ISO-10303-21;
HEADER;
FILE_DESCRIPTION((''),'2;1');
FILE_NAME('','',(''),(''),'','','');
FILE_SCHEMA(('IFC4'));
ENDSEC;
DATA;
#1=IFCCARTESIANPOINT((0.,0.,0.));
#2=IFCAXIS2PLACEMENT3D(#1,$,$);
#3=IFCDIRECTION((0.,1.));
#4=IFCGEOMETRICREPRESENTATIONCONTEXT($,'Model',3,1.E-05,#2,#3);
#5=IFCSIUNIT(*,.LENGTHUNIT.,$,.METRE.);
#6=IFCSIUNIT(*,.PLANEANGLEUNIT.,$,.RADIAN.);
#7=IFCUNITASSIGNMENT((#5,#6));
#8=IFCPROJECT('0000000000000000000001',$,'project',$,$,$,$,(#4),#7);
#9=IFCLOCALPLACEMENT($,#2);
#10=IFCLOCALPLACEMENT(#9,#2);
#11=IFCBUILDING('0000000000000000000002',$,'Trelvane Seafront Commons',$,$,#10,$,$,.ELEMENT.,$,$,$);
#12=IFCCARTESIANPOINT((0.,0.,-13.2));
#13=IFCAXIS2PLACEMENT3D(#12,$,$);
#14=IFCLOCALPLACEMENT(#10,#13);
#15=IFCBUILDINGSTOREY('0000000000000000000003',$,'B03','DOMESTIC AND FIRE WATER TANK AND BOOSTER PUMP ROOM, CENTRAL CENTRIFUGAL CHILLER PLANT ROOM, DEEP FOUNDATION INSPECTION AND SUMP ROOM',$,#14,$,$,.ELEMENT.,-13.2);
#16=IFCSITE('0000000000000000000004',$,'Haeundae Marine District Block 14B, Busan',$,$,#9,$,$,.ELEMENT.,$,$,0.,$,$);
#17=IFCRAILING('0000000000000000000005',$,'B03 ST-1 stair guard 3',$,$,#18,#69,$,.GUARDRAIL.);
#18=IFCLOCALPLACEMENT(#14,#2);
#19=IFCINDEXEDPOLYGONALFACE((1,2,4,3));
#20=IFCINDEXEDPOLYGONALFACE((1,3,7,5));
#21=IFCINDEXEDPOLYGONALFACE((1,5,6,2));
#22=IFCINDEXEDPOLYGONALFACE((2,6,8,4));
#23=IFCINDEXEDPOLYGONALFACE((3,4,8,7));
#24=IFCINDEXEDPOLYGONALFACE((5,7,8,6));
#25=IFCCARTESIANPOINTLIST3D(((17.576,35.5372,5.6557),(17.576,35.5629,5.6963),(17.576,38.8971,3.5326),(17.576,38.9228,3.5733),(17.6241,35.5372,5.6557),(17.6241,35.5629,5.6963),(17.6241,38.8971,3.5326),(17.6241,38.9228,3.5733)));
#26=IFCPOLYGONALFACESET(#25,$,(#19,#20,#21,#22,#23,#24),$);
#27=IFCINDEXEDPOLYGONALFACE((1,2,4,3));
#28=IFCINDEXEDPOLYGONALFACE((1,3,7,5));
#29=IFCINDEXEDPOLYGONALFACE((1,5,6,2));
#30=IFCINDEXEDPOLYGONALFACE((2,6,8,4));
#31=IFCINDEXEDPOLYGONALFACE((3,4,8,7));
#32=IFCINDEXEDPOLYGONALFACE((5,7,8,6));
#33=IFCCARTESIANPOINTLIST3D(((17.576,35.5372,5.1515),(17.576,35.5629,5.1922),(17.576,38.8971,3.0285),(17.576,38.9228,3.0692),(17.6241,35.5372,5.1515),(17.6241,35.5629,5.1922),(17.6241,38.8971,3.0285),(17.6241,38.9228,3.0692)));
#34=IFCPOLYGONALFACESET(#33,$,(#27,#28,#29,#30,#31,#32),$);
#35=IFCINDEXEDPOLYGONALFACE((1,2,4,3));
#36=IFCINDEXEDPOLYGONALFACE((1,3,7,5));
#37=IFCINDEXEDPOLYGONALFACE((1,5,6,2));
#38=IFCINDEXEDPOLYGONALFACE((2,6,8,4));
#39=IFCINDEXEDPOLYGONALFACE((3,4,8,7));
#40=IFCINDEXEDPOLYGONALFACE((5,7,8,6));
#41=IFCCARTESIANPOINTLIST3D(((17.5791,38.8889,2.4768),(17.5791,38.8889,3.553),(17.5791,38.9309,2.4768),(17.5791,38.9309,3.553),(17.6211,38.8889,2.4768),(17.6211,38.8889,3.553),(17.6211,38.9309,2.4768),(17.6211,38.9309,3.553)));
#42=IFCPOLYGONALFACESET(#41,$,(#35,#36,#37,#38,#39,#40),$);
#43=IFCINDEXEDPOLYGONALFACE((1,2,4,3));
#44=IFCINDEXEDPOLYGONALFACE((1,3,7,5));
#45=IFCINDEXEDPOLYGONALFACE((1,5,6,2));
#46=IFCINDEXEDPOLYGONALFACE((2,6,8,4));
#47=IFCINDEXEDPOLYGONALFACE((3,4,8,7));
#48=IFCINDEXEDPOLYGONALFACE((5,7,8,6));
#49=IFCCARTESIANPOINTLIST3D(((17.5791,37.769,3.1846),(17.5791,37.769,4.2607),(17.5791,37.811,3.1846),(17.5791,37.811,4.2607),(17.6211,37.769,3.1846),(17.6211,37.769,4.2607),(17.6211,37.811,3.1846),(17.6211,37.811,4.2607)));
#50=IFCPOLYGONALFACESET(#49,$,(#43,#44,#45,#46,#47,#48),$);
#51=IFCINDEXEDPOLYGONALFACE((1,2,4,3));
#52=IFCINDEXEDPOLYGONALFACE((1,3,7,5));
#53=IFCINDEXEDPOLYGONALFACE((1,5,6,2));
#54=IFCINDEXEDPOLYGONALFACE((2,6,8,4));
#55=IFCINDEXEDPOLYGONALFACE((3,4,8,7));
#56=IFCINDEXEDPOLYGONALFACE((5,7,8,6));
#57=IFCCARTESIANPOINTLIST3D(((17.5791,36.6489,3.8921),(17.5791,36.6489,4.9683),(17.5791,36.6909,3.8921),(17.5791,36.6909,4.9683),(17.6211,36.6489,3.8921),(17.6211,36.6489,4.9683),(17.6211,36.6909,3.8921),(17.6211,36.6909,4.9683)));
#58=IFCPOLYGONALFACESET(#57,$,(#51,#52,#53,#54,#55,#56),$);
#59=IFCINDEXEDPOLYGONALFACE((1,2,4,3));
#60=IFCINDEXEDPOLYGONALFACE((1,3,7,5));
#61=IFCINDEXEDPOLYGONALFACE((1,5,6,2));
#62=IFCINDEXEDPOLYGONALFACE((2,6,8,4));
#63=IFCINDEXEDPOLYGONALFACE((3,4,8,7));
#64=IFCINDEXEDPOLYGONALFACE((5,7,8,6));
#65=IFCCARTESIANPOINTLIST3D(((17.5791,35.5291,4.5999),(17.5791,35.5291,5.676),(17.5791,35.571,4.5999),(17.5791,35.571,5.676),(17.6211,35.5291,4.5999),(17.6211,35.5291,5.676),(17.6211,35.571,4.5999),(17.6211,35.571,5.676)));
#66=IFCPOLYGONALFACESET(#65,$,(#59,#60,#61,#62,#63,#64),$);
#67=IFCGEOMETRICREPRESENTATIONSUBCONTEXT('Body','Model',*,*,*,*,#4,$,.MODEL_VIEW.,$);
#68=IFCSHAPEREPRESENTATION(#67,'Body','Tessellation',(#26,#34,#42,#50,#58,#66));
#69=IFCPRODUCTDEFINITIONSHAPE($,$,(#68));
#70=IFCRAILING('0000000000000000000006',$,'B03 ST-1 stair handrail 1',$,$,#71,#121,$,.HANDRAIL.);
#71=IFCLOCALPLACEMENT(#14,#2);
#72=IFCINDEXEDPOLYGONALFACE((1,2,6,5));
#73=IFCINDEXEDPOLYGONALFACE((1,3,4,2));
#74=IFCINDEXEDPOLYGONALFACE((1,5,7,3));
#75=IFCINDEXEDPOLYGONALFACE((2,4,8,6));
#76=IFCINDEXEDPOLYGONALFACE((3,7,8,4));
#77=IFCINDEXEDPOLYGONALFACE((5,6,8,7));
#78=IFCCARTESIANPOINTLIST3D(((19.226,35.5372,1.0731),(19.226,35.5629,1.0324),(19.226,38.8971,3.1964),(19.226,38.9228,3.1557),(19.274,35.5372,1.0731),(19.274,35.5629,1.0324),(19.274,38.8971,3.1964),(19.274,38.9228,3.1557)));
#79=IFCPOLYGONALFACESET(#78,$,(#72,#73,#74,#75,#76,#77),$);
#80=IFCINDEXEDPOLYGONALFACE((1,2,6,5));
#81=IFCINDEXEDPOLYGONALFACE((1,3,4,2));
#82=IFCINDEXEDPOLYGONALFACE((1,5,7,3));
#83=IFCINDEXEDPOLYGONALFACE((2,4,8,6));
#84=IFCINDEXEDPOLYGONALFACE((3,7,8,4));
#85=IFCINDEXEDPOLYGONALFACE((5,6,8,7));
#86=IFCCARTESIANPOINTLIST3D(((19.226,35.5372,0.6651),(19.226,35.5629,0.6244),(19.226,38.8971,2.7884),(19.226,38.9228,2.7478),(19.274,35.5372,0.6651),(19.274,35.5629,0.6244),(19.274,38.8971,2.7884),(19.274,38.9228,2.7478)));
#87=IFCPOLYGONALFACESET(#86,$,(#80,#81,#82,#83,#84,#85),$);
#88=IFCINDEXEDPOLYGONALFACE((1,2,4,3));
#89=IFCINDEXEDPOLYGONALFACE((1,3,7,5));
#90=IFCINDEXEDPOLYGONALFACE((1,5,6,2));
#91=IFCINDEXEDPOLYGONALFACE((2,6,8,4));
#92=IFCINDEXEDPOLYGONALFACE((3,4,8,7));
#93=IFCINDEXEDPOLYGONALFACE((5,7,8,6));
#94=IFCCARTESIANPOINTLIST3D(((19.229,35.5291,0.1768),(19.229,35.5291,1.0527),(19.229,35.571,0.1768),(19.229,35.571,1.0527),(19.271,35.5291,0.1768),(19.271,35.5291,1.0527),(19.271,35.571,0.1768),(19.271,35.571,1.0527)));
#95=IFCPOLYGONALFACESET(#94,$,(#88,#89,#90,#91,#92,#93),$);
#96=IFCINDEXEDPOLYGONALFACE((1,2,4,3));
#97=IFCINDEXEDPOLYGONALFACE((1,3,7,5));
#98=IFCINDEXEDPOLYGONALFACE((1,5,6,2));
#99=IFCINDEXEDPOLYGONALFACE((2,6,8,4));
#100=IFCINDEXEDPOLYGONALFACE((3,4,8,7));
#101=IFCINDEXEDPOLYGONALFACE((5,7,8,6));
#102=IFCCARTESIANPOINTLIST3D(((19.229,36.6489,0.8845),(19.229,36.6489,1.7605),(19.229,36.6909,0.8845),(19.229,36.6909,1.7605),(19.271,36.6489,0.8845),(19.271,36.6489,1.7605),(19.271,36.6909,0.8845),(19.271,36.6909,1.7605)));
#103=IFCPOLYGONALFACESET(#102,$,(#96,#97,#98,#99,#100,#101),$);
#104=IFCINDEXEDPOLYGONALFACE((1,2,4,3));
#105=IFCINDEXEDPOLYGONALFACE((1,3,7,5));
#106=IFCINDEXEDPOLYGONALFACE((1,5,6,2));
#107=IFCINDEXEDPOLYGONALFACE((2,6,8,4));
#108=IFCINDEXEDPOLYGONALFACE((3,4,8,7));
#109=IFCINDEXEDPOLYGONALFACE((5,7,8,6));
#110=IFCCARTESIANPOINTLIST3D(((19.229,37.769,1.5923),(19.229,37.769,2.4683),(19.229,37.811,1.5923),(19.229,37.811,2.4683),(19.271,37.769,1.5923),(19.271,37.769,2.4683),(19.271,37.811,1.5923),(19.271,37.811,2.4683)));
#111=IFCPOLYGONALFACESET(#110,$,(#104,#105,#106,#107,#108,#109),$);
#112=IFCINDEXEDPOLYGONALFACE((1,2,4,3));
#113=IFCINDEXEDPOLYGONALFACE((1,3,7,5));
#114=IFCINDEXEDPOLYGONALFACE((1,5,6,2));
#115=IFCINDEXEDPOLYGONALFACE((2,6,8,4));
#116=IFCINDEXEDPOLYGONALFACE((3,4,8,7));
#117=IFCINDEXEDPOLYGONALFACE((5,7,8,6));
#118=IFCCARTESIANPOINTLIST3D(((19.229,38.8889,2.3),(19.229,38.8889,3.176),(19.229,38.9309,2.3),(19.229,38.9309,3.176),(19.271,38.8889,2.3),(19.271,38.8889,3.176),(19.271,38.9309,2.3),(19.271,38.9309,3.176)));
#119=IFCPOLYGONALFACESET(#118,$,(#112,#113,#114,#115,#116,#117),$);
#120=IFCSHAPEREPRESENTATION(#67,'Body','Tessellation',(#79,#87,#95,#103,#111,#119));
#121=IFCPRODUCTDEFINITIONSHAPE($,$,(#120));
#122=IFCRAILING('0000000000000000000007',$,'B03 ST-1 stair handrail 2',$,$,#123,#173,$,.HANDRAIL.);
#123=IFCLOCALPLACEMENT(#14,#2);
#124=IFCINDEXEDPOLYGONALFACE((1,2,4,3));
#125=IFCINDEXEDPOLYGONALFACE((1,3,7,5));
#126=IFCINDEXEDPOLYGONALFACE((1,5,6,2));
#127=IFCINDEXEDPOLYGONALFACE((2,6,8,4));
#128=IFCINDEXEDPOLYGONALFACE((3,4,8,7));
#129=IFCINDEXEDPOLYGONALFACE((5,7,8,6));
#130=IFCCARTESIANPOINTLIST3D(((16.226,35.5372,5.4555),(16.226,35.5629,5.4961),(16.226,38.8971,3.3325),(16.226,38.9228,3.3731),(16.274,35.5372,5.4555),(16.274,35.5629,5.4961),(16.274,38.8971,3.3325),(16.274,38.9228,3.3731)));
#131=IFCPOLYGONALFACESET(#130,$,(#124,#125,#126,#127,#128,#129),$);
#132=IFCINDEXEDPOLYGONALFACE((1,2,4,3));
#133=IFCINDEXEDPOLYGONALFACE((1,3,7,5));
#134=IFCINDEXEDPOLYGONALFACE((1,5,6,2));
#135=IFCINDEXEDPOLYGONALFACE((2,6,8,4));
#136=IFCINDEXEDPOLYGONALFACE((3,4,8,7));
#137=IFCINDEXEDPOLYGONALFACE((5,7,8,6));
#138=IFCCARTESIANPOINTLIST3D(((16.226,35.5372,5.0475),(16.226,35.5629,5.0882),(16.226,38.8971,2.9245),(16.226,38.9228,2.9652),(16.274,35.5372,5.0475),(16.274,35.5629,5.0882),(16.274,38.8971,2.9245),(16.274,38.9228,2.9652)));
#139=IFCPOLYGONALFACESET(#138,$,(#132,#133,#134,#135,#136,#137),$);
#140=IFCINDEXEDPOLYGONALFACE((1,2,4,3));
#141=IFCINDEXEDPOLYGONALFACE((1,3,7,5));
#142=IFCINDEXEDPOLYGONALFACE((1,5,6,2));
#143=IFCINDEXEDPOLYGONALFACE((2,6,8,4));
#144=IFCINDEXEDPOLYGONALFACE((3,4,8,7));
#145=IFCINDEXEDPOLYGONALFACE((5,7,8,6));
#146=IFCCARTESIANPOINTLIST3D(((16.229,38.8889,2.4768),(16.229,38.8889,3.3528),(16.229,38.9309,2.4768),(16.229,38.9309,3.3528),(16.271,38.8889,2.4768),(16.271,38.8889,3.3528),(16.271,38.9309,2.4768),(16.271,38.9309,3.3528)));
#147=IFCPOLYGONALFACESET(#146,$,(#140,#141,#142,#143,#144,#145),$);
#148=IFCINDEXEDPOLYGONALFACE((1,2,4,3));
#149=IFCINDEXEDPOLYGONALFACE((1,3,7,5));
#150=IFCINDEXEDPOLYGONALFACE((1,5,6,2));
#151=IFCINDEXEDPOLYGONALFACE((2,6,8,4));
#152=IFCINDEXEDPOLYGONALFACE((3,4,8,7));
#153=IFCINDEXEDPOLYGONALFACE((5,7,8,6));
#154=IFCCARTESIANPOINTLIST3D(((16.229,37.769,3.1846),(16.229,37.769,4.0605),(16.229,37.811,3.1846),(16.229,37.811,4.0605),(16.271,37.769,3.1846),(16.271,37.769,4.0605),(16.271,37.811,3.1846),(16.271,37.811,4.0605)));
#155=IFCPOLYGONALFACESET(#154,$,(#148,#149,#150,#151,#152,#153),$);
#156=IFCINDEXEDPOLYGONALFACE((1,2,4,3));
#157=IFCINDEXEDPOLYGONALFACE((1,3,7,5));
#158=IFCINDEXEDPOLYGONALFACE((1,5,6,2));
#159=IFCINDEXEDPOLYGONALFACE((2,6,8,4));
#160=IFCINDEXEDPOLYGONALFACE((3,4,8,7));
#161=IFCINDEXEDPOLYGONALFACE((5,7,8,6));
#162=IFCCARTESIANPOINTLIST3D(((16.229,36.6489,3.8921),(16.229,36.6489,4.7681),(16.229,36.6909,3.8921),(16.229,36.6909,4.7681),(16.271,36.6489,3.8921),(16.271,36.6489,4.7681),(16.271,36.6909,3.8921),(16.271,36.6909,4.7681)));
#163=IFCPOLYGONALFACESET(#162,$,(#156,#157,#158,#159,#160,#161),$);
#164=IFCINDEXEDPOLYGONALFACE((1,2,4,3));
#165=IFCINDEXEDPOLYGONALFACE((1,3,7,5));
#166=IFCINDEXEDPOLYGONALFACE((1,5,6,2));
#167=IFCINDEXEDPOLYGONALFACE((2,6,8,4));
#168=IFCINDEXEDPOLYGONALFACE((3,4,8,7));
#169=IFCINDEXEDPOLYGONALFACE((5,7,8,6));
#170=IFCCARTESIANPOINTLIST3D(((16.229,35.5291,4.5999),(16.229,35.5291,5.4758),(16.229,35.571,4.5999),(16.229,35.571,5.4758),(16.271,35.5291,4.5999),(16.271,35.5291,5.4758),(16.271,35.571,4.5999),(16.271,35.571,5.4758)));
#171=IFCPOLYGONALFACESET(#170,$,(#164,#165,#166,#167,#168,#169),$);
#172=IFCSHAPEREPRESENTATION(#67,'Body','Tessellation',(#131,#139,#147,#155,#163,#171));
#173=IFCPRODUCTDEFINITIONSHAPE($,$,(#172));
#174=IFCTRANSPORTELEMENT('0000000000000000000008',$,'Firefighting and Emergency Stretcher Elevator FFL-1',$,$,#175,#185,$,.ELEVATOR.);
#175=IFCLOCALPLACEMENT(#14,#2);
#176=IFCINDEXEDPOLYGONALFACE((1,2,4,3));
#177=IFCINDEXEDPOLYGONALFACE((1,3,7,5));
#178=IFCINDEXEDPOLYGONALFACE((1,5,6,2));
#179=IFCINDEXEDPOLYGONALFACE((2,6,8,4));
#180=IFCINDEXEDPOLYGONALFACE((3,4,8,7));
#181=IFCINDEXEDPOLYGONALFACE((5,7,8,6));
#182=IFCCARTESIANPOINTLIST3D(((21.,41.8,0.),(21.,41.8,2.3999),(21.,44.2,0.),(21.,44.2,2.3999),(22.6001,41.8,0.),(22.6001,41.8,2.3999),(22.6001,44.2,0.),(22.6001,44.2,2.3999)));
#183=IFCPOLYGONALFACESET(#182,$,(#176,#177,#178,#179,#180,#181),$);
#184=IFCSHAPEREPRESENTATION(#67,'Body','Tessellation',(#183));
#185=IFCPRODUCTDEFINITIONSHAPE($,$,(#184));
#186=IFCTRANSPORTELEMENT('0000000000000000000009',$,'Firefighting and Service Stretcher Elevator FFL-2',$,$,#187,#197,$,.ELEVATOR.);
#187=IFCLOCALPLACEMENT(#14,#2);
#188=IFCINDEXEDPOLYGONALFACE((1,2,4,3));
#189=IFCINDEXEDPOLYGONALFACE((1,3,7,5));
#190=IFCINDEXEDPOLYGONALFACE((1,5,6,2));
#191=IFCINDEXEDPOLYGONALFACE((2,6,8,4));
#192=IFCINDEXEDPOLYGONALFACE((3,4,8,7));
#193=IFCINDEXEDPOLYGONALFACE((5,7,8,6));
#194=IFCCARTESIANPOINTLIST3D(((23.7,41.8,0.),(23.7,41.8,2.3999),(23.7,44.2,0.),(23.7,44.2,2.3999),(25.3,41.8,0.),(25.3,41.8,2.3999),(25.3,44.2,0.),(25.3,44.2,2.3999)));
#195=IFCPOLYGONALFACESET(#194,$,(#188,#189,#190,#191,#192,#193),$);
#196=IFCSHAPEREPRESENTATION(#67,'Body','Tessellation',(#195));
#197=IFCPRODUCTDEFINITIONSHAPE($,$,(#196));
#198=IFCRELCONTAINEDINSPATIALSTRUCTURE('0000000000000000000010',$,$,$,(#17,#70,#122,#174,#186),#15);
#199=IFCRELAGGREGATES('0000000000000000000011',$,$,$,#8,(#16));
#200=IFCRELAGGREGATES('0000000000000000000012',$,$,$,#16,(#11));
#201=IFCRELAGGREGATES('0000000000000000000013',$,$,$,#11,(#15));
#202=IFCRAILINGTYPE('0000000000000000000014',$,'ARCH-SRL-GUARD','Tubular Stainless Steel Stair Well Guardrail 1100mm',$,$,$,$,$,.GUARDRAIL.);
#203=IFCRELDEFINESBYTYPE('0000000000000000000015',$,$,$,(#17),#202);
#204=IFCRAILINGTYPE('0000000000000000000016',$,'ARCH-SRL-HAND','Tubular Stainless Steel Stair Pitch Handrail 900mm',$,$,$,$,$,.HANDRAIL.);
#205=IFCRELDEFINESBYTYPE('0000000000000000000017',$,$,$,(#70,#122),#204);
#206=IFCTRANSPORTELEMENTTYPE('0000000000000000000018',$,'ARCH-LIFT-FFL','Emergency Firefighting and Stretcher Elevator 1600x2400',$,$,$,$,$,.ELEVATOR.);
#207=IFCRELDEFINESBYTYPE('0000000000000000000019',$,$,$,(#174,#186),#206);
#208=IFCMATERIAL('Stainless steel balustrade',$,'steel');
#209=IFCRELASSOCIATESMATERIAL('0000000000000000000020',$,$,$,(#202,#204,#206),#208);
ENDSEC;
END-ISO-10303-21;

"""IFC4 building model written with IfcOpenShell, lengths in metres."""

from ifc_helpers import new_model, si_unit, direction, frame, origin, origin_2d, place, context, subcontext, project, spatial, rectangle, extrude, source, transform, mapped, material, type_object, element, save


model = new_model("IFC4")

# Units and contexts
model_context = context("Model", 3, precision=1e-05, world=origin(), true_north=direction((0.0, 1.0)))
body_context = subcontext(model_context, "Body", "Model", "MODEL_VIEW")
ifc_project = project(units=[si_unit("LENGTHUNIT", "METRE"), si_unit("PLANEANGLEUNIT", "RADIAN")], contexts=[model_context])

# Site, building, storey
site_placement = place(None, origin())
site = spatial("IfcSite", under=ifc_project, at=site_placement, Name="Haeundae Marine District Block 14B, Busan", CompositionType="ELEMENT", RefElevation=0.0)
building_placement = place(site_placement, origin())
building = spatial("IfcBuilding", under=site, at=building_placement, Name="Trelvane Seafront Commons", CompositionType="ELEMENT")
storey_placement = place(building_placement, frame((0.0, 0.0, -13.2)))
storey = spatial("IfcBuildingStorey", under=building, at=storey_placement, Name="B03", Description="DOMESTIC AND FIRE WATER TANK AND BOOSTER PUMP ROOM, CENTRAL CENTRIFUGAL CHILLER PLANT ROOM, DEEP FOUNDATION INSPECTION AND SUMP ROOM", CompositionType="ELEMENT", Elevation=-13.2)

# Shared definitions
ifc_material_1 = material(Name="Stainless steel balustrade", Category="steel")

# Railings
railing_type_1 = type_object("IfcRailingType", Name="ARCH-SRL-GUARD", Description="Tubular Stainless Steel Stair Well Guardrail 1100mm", PredefinedType="GUARDRAIL", material=ifc_material_1)
railing_1_placement = place(storey_placement, frame((17.6001, 38.9099, 2.4768)))
element("IfcRailing", 1, at=railing_1_placement, inside=storey, type_object=railing_type_1, Name="B03 ST-1 stair guard 3", PredefinedType="GUARDRAIL", context=body_context, shape_type="SweptSolid", body=[
    extrude(rectangle(XDim=0.0481, YDim=0.0481, at=origin_2d()), frame((0.0, 0.0, 1.0762), z_axis=(0.0, -0.845372, 0.534178), x_axis=(1.0, 0.0, 0.0)), (0.0, 0.0, 1.0), 3.9744),
    extrude(rectangle(XDim=0.0481, YDim=0.0481, at=origin_2d()), frame((0.0, 0.0, 0.572), z_axis=(0.0, -0.845372, 0.534178), x_axis=(1.0, 0.0, 0.0)), (0.0, 0.0, 1.0), 3.9744),
    extrude(rectangle(XDim=0.042, YDim=0.042, at=origin_2d()), origin(), (0.0, 0.0, 1.0), 1.0762),
    extrude(rectangle(XDim=0.042, YDim=0.042, at=origin_2d()), frame((0.0, -1.1199, 0.7078)), (0.0, 0.0, 1.0), 1.0762),
    extrude(rectangle(XDim=0.042, YDim=0.042, at=origin_2d()), frame((0.0, -2.24, 1.4153)), (0.0, 0.0, 1.0), 1.0762),
    extrude(rectangle(XDim=0.042, YDim=0.042, at=origin_2d()), frame((0.0, -3.3599, 2.123)), (0.0, 0.0, 1.0), 1.0762),
])
railing_type_2 = type_object("IfcRailingType", Name="ARCH-SRL-HAND", Description="Tubular Stainless Steel Stair Pitch Handrail 900mm", PredefinedType="HANDRAIL", material=ifc_material_1)
railing_2_placement = place(storey_placement, frame((19.25, 35.55, 0.1768)))
element("IfcRailing", 2, at=railing_2_placement, inside=storey, type_object=railing_type_2, Name="B03 ST-1 stair handrail 1", PredefinedType="HANDRAIL", context=body_context, shape_type="SweptSolid", body=[
    extrude(rectangle(XDim=0.0481, YDim=0.0481, at=origin_2d()), frame((0.0, 0.0, 0.876), z_axis=(0.0, 0.845344, 0.534222), x_axis=(-1.0, 0.0, 0.0)), (0.0, 0.0, 1.0), 3.9746),
    extrude(rectangle(XDim=0.0481, YDim=0.0481, at=origin_2d()), frame((0.0, 0.0, 0.468), z_axis=(0.0, 0.845344, 0.534222), x_axis=(-1.0, 0.0, 0.0)), (0.0, 0.0, 1.0), 3.9746),
    extrude(rectangle(XDim=0.042, YDim=0.042, at=origin_2d()), origin(), (0.0, 0.0, 1.0), 0.876),
    extrude(rectangle(XDim=0.042, YDim=0.042, at=origin_2d()), frame((0.0, 1.1199, 0.7078)), (0.0, 0.0, 1.0), 0.876),
    extrude(rectangle(XDim=0.042, YDim=0.042, at=origin_2d()), frame((0.0, 2.24, 1.4155)), (0.0, 0.0, 1.0), 0.876),
    extrude(rectangle(XDim=0.042, YDim=0.042, at=origin_2d()), frame((0.0, 3.3599, 2.1233)), (0.0, 0.0, 1.0), 0.876),
])
railing_3_placement = place(storey_placement, frame((16.25, 38.9099, 2.4768)))
element("IfcRailing", 3, at=railing_3_placement, inside=storey, type_object=railing_type_2, Name="B03 ST-1 stair handrail 2", PredefinedType="HANDRAIL", context=body_context, shape_type="SweptSolid", body=[
    extrude(rectangle(XDim=0.0481, YDim=0.0481, at=origin_2d()), frame((0.0, 0.0, 0.876), z_axis=(0.0, -0.845372, 0.534178), x_axis=(1.0, 0.0, 0.0)), (0.0, 0.0, 1.0), 3.9744),
    extrude(rectangle(XDim=0.0481, YDim=0.0481, at=origin_2d()), frame((0.0, 0.0, 0.468), z_axis=(0.0, -0.845372, 0.534178), x_axis=(1.0, 0.0, 0.0)), (0.0, 0.0, 1.0), 3.9744),
    extrude(rectangle(XDim=0.042, YDim=0.042, at=origin_2d()), origin(), (0.0, 0.0, 1.0), 0.876),
    extrude(rectangle(XDim=0.042, YDim=0.042, at=origin_2d()), frame((0.0, -1.1199, 0.7078)), (0.0, 0.0, 1.0), 0.876),
    extrude(rectangle(XDim=0.042, YDim=0.042, at=origin_2d()), frame((0.0, -2.24, 1.4153)), (0.0, 0.0, 1.0), 0.876),
    extrude(rectangle(XDim=0.042, YDim=0.042, at=origin_2d()), frame((0.0, -3.3599, 2.123)), (0.0, 0.0, 1.0), 0.876),
])

# Transport elements
transport_element_type = type_object("IfcTransportElementType", Name="ARCH-LIFT-FFL", Description="Emergency Firefighting and Stretcher Elevator 1600x2400", PredefinedType="ELEVATOR", material=ifc_material_1)
shared_shape_1 = source(origin(), body_context, "Body", "SweptSolid", [
    extrude(rectangle(XDim=1.6001, YDim=2.3999, at=origin_2d()), origin(), (0.0, 0.0, 1.0), 2.3999),
])
for number, where, z_axis, x_axis, name in (
    (4, (21.8, 43.0, 0.0), (0.0, 0.0, 1.0), (1.0, 0.0, 0.0), "Firefighting and Emergency Stretcher Elevator FFL-1"),
    (5, (24.5, 43.0, 0.0), (0.0, 0.0, 1.0), (1.0, 0.0, 0.0), "Firefighting and Service Stretcher Elevator FFL-2"),
):
    element("IfcTransportElement", number, at=place(storey_placement, frame(where, z_axis=z_axis, x_axis=x_axis)), inside=storey, type_object=transport_element_type, Name=name, PredefinedType="ELEVATOR", context=body_context, shape_type="MappedRepresentation", body=[
        mapped(shared_shape_1, transform((0.0, 0.0, 0.0), x_axis=(1.0, 0.0, 0.0), y_axis=(0.0, 1.0, 0.0), z_axis=(0.0, 0.0, 1.0), scale=1.0)),
    ])

save(model, "model.ifc")
